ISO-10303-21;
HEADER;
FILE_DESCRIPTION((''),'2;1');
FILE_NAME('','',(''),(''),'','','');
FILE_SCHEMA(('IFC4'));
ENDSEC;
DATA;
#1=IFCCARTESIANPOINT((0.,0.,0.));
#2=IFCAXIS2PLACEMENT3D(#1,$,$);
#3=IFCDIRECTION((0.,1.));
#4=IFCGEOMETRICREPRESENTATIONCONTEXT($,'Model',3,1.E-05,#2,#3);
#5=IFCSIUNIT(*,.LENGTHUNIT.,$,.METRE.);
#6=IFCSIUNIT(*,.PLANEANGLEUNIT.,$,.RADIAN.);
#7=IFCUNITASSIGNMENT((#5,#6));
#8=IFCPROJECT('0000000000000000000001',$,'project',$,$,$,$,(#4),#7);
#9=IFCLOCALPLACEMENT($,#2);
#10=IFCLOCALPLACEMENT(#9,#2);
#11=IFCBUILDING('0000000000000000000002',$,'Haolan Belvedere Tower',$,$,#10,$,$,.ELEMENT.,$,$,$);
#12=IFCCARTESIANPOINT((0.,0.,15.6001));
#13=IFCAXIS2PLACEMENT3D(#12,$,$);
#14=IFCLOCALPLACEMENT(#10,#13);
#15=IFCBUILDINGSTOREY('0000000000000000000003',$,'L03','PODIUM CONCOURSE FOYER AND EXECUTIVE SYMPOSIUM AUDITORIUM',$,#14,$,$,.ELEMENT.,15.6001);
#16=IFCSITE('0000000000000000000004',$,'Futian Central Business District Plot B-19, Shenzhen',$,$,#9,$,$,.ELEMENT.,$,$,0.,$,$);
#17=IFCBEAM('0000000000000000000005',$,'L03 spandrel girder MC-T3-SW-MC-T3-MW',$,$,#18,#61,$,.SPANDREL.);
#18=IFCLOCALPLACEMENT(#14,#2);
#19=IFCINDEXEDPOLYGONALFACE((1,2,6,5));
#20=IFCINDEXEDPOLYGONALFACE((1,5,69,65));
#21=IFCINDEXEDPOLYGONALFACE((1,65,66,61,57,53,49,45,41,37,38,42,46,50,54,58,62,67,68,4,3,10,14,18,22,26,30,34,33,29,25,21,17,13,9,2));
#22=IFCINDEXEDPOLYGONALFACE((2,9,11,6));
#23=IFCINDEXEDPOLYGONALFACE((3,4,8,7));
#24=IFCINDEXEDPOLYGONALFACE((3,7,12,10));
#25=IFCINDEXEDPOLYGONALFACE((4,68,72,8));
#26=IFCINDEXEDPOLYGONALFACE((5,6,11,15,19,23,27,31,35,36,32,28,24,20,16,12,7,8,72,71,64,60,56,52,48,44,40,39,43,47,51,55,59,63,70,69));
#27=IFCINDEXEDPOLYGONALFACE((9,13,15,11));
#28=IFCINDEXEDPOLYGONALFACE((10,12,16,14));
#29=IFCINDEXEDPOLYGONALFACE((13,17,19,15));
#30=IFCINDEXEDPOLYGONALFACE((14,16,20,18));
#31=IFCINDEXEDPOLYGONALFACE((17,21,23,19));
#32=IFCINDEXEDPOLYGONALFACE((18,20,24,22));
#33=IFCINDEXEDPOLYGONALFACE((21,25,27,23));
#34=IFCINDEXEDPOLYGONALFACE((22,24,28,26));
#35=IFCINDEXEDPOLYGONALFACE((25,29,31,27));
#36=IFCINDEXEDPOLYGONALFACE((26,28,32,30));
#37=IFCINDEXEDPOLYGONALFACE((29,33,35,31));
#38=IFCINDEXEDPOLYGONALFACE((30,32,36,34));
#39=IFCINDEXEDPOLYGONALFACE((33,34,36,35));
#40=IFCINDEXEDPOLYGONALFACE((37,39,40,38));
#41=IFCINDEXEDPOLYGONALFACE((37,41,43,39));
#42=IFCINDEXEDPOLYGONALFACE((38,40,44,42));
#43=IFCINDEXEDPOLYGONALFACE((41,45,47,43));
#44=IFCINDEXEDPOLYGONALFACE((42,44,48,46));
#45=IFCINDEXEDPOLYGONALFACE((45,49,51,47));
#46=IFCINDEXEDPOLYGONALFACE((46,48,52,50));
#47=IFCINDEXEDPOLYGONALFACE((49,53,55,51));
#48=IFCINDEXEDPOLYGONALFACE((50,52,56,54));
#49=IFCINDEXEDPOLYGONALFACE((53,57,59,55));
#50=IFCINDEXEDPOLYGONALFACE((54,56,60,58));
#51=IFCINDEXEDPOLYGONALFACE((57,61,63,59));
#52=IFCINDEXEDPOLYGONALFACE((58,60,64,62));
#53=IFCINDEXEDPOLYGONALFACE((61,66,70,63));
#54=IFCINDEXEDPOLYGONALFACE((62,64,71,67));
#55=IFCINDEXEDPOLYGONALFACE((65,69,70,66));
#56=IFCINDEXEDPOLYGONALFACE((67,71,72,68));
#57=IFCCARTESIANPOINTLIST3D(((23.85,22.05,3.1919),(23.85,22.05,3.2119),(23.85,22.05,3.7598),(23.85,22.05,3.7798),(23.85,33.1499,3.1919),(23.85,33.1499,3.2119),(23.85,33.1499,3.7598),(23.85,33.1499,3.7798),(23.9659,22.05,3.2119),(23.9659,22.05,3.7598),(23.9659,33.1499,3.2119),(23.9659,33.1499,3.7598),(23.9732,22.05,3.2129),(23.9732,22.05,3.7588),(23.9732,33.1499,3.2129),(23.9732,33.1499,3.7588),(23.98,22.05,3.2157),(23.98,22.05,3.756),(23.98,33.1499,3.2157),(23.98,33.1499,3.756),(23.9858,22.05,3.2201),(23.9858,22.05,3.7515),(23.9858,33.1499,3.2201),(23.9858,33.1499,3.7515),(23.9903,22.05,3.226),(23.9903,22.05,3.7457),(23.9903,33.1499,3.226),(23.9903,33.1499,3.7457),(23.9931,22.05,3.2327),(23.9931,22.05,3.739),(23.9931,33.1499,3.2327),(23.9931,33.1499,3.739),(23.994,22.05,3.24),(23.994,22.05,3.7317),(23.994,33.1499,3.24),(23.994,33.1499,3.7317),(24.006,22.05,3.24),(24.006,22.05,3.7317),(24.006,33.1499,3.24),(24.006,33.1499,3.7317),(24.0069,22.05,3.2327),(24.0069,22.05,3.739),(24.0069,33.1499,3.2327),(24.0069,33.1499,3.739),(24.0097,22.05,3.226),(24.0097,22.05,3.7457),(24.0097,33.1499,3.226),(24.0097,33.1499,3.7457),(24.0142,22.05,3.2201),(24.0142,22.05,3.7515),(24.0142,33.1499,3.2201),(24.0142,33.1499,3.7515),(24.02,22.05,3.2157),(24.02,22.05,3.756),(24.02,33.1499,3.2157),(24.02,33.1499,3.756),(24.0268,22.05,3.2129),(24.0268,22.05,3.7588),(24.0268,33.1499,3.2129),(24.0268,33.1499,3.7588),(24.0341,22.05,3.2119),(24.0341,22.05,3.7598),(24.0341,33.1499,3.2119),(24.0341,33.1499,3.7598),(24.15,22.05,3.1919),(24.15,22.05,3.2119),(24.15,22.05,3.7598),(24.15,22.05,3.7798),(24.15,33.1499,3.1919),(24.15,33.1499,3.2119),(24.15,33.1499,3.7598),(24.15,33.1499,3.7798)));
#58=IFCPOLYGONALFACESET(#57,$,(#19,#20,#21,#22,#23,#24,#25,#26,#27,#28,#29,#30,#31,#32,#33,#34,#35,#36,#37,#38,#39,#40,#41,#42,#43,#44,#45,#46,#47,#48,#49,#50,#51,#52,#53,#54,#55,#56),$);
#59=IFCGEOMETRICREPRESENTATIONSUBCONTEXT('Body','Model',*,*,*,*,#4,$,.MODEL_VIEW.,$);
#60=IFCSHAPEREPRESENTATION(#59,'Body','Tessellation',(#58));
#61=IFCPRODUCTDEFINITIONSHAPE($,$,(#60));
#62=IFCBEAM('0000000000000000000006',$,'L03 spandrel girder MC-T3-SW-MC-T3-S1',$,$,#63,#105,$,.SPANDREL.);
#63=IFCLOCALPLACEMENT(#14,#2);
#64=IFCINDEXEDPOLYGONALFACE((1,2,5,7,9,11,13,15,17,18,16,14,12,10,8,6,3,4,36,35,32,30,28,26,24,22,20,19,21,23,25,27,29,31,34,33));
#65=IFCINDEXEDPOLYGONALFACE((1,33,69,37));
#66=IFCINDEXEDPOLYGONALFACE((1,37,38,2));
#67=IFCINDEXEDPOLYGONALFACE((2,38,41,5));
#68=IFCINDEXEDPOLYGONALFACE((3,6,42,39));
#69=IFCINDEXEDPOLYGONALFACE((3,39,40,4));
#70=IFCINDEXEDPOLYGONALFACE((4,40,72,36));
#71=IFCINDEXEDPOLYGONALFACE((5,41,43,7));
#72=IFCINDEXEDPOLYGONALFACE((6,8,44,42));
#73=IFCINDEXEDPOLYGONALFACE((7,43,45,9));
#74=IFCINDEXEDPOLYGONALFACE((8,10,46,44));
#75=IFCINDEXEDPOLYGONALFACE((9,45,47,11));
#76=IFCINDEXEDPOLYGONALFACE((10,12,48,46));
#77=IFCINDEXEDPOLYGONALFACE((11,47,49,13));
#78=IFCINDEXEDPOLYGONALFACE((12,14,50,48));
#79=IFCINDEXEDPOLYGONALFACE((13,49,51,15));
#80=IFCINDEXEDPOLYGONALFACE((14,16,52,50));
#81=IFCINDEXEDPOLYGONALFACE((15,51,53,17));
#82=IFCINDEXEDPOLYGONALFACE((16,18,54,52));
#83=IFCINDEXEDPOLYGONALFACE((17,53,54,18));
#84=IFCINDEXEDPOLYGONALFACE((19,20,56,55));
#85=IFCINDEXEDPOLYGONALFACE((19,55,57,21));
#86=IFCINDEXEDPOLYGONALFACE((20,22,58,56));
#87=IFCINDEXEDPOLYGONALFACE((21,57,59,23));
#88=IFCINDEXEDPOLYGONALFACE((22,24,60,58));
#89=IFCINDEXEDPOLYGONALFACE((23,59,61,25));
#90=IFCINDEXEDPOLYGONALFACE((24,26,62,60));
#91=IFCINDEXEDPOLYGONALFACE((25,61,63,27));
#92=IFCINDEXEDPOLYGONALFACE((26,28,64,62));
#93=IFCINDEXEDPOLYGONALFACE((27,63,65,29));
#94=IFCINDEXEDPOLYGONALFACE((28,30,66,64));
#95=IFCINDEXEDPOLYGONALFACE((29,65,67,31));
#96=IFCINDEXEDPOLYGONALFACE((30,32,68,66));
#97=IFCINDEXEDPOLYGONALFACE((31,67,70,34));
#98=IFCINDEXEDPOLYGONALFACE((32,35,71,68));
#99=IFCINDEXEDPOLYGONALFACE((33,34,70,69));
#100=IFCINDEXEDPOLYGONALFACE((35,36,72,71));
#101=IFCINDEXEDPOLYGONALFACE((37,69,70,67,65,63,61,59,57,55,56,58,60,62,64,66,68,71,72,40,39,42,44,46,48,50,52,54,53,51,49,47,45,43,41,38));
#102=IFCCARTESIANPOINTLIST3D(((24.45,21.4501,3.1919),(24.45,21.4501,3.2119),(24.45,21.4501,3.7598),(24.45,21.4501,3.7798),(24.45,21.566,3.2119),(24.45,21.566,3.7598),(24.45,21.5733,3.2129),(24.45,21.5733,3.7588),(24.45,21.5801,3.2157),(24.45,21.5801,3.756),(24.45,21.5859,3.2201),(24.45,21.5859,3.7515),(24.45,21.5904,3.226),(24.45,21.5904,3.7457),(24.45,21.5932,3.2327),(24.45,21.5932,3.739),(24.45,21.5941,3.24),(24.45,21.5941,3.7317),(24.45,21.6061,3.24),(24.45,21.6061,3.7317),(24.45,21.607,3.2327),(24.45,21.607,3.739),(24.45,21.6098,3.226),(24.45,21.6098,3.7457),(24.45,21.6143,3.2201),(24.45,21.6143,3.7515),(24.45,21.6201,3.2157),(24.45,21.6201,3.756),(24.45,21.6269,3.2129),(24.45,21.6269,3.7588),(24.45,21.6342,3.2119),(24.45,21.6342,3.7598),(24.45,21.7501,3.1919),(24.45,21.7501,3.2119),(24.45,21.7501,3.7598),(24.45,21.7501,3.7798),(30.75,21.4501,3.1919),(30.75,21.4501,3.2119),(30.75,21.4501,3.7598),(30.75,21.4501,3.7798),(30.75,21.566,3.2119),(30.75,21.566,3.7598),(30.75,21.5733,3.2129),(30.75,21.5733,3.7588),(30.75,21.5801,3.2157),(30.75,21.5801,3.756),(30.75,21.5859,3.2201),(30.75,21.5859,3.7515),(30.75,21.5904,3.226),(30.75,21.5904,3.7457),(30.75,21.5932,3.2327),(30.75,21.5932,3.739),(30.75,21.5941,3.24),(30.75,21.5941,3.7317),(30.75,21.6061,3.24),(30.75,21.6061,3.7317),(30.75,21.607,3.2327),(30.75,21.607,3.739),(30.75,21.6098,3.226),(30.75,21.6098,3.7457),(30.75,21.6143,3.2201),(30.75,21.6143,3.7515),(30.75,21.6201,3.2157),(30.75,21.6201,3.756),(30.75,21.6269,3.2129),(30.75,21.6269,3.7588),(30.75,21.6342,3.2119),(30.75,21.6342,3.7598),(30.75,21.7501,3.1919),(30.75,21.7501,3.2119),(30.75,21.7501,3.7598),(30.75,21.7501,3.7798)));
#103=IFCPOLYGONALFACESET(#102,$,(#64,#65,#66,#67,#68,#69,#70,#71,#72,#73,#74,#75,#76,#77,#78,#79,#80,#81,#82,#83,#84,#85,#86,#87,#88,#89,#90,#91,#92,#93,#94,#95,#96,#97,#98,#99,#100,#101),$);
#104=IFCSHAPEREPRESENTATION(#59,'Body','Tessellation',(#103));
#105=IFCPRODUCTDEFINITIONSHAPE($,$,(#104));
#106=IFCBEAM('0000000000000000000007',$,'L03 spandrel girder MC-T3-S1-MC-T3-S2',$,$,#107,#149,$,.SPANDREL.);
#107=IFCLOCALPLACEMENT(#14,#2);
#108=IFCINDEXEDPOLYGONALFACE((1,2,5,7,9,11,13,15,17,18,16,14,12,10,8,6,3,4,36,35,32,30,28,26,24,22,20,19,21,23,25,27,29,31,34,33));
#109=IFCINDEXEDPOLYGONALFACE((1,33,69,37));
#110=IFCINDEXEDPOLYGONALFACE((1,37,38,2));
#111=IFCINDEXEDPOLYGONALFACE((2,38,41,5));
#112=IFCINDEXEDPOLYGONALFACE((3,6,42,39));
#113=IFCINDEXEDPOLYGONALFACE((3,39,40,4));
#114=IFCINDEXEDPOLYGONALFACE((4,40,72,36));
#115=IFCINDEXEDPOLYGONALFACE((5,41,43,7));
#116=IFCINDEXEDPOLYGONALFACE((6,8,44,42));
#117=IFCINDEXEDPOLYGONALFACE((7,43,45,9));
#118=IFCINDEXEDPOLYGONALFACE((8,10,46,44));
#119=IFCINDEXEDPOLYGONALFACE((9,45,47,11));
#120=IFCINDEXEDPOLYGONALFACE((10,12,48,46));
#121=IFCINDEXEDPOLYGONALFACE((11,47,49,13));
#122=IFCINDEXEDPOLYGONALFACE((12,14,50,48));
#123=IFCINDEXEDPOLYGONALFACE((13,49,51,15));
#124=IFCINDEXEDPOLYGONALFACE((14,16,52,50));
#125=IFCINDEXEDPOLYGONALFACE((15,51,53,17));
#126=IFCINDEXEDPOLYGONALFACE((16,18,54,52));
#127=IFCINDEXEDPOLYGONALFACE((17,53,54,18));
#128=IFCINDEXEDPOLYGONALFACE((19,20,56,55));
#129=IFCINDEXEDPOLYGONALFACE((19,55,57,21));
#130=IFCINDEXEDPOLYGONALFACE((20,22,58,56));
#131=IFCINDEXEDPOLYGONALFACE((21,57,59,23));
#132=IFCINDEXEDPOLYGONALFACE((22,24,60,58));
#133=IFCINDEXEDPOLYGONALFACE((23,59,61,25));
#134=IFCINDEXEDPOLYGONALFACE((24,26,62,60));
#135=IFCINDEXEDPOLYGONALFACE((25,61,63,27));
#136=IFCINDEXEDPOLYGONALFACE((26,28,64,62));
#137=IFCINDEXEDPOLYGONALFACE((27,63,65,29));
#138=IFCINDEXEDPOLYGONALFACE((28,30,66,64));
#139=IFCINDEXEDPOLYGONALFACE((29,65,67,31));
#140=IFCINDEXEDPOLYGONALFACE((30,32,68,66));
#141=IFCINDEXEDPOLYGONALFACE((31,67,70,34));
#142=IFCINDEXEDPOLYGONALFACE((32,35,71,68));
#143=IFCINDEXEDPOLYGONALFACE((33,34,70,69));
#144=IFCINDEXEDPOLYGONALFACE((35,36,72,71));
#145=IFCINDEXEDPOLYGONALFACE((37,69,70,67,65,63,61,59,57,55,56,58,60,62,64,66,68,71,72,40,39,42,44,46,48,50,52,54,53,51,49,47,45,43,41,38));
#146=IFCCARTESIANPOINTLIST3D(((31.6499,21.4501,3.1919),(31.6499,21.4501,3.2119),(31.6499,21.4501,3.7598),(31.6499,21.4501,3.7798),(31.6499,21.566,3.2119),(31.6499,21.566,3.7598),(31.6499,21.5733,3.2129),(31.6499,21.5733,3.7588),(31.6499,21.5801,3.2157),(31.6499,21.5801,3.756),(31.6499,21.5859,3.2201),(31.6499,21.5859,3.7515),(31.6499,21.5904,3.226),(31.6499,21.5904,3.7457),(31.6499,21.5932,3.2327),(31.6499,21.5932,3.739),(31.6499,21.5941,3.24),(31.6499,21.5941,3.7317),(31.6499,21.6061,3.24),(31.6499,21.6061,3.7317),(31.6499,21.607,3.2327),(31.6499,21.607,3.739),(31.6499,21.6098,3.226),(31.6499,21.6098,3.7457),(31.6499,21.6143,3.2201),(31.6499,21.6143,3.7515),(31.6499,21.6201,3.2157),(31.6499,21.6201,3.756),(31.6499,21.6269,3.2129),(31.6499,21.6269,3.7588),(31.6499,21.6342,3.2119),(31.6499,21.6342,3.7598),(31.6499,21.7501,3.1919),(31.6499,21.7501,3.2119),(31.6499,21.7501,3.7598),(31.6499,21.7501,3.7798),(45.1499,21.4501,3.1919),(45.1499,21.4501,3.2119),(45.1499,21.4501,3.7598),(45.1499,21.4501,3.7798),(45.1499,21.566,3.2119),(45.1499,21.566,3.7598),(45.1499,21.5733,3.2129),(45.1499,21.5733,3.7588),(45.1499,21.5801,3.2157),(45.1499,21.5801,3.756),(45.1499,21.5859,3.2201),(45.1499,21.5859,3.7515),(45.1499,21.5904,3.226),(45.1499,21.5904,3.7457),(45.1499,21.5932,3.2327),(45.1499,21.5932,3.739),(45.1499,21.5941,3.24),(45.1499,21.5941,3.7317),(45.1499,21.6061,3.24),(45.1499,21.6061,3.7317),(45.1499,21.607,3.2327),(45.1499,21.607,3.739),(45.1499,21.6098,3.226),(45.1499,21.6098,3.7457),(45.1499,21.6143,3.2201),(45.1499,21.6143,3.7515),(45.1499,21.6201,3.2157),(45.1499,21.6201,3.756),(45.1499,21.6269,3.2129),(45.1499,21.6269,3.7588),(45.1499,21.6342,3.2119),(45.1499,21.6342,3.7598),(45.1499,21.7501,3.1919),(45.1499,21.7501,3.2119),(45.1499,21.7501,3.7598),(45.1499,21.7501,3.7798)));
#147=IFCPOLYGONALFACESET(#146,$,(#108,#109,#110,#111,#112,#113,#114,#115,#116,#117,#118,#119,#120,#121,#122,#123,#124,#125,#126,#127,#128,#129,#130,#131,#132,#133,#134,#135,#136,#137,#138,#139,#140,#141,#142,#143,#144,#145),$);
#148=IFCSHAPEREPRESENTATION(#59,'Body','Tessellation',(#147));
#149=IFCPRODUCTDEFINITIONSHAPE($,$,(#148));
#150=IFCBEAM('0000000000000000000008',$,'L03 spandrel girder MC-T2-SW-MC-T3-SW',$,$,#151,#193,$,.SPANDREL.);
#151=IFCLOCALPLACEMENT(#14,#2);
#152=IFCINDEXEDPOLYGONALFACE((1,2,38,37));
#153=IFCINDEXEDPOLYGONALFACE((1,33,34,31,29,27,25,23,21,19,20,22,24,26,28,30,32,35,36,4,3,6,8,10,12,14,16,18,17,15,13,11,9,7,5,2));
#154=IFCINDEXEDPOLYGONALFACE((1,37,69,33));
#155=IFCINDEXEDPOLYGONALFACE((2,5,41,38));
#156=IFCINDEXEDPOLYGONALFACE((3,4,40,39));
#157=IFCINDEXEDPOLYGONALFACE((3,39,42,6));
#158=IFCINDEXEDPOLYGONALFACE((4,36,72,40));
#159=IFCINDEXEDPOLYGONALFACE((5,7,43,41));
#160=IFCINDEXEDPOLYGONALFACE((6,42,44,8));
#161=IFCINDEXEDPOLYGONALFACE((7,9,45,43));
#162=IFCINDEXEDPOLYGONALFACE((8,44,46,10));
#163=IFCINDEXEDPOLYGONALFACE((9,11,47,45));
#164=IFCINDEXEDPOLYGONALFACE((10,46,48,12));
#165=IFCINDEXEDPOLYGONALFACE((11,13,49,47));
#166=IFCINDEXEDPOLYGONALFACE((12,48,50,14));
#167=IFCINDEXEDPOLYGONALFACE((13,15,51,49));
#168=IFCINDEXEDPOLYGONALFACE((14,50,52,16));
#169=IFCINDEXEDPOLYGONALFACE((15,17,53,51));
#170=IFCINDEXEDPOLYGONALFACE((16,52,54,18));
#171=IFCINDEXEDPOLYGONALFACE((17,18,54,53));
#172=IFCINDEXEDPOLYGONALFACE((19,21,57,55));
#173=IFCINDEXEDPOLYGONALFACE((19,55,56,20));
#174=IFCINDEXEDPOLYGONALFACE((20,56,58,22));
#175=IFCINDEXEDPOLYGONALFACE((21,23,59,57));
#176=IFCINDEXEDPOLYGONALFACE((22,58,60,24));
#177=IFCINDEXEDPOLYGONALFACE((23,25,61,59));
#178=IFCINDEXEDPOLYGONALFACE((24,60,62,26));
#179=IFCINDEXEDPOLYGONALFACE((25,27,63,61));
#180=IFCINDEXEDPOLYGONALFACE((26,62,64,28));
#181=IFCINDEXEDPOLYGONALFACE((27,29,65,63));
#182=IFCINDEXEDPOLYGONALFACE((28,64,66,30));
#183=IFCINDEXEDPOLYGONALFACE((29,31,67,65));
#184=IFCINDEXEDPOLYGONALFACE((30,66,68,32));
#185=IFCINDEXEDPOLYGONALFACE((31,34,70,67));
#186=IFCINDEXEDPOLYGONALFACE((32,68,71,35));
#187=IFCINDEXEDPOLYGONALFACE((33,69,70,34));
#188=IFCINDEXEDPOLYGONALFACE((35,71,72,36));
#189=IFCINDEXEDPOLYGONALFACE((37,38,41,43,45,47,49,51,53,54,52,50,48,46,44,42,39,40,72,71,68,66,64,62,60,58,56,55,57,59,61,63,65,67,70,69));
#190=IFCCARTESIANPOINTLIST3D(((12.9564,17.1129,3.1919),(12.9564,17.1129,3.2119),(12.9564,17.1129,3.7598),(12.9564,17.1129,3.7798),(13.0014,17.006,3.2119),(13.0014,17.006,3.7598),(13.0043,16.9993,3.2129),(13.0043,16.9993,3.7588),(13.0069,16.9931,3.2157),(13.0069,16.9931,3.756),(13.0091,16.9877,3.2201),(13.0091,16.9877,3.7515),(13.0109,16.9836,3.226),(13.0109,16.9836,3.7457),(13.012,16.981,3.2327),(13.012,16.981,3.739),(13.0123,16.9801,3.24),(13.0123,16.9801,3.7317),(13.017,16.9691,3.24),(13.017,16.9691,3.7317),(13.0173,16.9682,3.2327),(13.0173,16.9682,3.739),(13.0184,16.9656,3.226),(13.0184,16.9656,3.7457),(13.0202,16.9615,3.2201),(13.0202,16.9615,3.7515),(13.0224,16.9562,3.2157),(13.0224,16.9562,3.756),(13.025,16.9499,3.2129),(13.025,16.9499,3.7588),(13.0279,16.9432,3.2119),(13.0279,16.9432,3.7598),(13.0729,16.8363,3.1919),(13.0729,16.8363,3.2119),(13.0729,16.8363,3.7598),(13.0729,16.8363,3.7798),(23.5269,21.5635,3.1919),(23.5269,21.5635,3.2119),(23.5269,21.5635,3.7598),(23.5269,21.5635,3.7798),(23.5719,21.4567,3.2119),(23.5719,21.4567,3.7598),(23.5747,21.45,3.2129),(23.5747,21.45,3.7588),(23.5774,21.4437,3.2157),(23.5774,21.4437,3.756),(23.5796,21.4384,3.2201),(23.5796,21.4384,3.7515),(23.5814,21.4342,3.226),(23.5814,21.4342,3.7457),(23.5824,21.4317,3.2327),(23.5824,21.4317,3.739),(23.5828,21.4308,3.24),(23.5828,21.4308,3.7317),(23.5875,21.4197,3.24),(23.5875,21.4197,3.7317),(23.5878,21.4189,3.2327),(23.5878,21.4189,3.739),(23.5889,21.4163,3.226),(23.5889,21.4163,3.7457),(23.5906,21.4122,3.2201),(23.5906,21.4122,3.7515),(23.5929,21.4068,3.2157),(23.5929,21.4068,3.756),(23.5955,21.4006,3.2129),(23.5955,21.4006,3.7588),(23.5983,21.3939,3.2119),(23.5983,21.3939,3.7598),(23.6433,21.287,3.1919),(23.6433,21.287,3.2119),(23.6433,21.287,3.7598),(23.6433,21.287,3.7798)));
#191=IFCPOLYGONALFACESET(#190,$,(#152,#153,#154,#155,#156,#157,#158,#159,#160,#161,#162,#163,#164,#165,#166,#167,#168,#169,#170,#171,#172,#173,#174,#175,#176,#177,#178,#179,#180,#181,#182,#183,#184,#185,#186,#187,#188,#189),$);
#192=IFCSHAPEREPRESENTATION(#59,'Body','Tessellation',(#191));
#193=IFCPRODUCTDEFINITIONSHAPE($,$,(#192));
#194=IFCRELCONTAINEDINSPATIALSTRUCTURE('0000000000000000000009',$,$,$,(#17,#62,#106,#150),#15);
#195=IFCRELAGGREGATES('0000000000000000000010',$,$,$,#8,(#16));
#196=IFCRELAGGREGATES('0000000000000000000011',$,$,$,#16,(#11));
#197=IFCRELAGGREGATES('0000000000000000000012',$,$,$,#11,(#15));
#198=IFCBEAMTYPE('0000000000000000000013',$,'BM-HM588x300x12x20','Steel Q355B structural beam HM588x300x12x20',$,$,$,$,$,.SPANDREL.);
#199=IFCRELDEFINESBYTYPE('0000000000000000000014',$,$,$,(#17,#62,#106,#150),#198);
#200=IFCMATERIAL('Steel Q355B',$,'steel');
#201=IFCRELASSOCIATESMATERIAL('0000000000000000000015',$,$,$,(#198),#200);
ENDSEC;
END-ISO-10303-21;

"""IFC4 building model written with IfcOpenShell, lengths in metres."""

from ifc_helpers import new_model, si_unit, direction, frame, origin, origin_2d, place, context, subcontext, project, spatial, i_section, extrude, material, material_profile, profile_set, type_object, element, save


model = new_model("IFC4")

# Units and contexts
model_context = context("Model", 3, precision=1e-05, world=origin(), true_north=direction((0.0, 1.0)))
body_context = subcontext(model_context, "Body", "Model", "MODEL_VIEW")
ifc_project = project(units=[si_unit("LENGTHUNIT", "METRE"), si_unit("PLANEANGLEUNIT", "RADIAN")], contexts=[model_context])

# Site, building, storey
site_placement = place(None, origin())
site = spatial("IfcSite", under=ifc_project, at=site_placement, Name="Futian Central Business District Plot B-19, Shenzhen", CompositionType="ELEMENT", RefElevation=0.0)
building_placement = place(site_placement, origin())
building = spatial("IfcBuilding", under=site, at=building_placement, Name="Haolan Belvedere Tower", CompositionType="ELEMENT")
storey_placement = place(building_placement, frame((0.0, 0.0, 15.6001)))
storey = spatial("IfcBuildingStorey", under=building, at=storey_placement, Name="L03", Description="PODIUM CONCOURSE FOYER AND EXECUTIVE SYMPOSIUM AUDITORIUM", CompositionType="ELEMENT", Elevation=15.6001)

# Shared definitions
ifc_material_1 = material(Name="Steel Q355B", Category="steel")

# Beams
ifc_material_profile_1 = material_profile(ifc_material_1, i_section(OverallWidth=0.3, OverallDepth=0.5879, WebThickness=0.012, FlangeThickness=0.02, FilletRadius=0.0281, at=origin_2d()), Name="Steel Q355B")
ifc_profile_set_1 = profile_set([ifc_material_profile_1], Name="Steel Q355B")
beam_type_1 = type_object("IfcBeamType", Name="BM-HM588x300x12x20", Description="Steel Q355B structural beam HM588x300x12x20", PredefinedType="SPANDREL", material=ifc_profile_set_1)
beam_1_placement = place(storey_placement, frame((24.0, 22.05, 3.4858), z_axis=(0.0, 1.0, 0.0), x_axis=(-1.0, 0.0, 0.0)))
element("IfcBeam", 1, at=beam_1_placement, inside=storey, type_object=beam_type_1, Name="L03 spandrel girder MC-T3-SW-MC-T3-MW", PredefinedType="SPANDREL", context=body_context, shape_type="SweptSolid", body=[
    extrude(i_section(OverallWidth=0.3, OverallDepth=0.5879, WebThickness=0.012, FlangeThickness=0.02, FilletRadius=0.0281, at=origin_2d()), origin(), (0.0, 0.0, 1.0), 11.0999),
])
beam_2_placement = place(storey_placement, frame((24.45, 21.6001, 3.4858), z_axis=(1.0, 0.0, 0.0), x_axis=(0.0, 1.0, 0.0)))
element("IfcBeam", 2, at=beam_2_placement, inside=storey, type_object=beam_type_1, Name="L03 spandrel girder MC-T3-SW-MC-T3-S1", PredefinedType="SPANDREL", context=body_context, shape_type="SweptSolid", body=[
    extrude(i_section(OverallWidth=0.3, OverallDepth=0.5879, WebThickness=0.012, FlangeThickness=0.02, FilletRadius=0.0281, at=origin_2d()), origin(), (0.0, 0.0, 1.0), 6.3),
])
beam_3_placement = place(storey_placement, frame((31.6499, 21.6001, 3.4858), z_axis=(1.0, 0.0, 0.0), x_axis=(0.0, 1.0, 0.0)))
element("IfcBeam", 3, at=beam_3_placement, inside=storey, type_object=beam_type_1, Name="L03 spandrel girder MC-T3-S1-MC-T3-S2", PredefinedType="SPANDREL", context=body_context, shape_type="SweptSolid", body=[
    extrude(i_section(OverallWidth=0.3, OverallDepth=0.5879, WebThickness=0.012, FlangeThickness=0.02, FilletRadius=0.0281, at=origin_2d()), origin(), (0.0, 0.0, 1.0), 13.5),
])
beam_4_placement = place(storey_placement, frame((13.0146, 16.9746, 3.4858), z_axis=(0.921638, 0.388051, 0.0), x_axis=(-0.388051, 0.921638, 0.0)))
element("IfcBeam", 4, at=beam_4_placement, inside=storey, type_object=beam_type_1, Name="L03 spandrel girder MC-T2-SW-MC-T3-SW", PredefinedType="SPANDREL", context=body_context, shape_type="SweptSolid", body=[
    extrude(i_section(OverallWidth=0.3, OverallDepth=0.5879, WebThickness=0.012, FlangeThickness=0.02, FilletRadius=0.0281, at=origin_2d()), origin(), (0.0, 0.0, 1.0), 11.4692),
])

save(model, "model.ifc")
